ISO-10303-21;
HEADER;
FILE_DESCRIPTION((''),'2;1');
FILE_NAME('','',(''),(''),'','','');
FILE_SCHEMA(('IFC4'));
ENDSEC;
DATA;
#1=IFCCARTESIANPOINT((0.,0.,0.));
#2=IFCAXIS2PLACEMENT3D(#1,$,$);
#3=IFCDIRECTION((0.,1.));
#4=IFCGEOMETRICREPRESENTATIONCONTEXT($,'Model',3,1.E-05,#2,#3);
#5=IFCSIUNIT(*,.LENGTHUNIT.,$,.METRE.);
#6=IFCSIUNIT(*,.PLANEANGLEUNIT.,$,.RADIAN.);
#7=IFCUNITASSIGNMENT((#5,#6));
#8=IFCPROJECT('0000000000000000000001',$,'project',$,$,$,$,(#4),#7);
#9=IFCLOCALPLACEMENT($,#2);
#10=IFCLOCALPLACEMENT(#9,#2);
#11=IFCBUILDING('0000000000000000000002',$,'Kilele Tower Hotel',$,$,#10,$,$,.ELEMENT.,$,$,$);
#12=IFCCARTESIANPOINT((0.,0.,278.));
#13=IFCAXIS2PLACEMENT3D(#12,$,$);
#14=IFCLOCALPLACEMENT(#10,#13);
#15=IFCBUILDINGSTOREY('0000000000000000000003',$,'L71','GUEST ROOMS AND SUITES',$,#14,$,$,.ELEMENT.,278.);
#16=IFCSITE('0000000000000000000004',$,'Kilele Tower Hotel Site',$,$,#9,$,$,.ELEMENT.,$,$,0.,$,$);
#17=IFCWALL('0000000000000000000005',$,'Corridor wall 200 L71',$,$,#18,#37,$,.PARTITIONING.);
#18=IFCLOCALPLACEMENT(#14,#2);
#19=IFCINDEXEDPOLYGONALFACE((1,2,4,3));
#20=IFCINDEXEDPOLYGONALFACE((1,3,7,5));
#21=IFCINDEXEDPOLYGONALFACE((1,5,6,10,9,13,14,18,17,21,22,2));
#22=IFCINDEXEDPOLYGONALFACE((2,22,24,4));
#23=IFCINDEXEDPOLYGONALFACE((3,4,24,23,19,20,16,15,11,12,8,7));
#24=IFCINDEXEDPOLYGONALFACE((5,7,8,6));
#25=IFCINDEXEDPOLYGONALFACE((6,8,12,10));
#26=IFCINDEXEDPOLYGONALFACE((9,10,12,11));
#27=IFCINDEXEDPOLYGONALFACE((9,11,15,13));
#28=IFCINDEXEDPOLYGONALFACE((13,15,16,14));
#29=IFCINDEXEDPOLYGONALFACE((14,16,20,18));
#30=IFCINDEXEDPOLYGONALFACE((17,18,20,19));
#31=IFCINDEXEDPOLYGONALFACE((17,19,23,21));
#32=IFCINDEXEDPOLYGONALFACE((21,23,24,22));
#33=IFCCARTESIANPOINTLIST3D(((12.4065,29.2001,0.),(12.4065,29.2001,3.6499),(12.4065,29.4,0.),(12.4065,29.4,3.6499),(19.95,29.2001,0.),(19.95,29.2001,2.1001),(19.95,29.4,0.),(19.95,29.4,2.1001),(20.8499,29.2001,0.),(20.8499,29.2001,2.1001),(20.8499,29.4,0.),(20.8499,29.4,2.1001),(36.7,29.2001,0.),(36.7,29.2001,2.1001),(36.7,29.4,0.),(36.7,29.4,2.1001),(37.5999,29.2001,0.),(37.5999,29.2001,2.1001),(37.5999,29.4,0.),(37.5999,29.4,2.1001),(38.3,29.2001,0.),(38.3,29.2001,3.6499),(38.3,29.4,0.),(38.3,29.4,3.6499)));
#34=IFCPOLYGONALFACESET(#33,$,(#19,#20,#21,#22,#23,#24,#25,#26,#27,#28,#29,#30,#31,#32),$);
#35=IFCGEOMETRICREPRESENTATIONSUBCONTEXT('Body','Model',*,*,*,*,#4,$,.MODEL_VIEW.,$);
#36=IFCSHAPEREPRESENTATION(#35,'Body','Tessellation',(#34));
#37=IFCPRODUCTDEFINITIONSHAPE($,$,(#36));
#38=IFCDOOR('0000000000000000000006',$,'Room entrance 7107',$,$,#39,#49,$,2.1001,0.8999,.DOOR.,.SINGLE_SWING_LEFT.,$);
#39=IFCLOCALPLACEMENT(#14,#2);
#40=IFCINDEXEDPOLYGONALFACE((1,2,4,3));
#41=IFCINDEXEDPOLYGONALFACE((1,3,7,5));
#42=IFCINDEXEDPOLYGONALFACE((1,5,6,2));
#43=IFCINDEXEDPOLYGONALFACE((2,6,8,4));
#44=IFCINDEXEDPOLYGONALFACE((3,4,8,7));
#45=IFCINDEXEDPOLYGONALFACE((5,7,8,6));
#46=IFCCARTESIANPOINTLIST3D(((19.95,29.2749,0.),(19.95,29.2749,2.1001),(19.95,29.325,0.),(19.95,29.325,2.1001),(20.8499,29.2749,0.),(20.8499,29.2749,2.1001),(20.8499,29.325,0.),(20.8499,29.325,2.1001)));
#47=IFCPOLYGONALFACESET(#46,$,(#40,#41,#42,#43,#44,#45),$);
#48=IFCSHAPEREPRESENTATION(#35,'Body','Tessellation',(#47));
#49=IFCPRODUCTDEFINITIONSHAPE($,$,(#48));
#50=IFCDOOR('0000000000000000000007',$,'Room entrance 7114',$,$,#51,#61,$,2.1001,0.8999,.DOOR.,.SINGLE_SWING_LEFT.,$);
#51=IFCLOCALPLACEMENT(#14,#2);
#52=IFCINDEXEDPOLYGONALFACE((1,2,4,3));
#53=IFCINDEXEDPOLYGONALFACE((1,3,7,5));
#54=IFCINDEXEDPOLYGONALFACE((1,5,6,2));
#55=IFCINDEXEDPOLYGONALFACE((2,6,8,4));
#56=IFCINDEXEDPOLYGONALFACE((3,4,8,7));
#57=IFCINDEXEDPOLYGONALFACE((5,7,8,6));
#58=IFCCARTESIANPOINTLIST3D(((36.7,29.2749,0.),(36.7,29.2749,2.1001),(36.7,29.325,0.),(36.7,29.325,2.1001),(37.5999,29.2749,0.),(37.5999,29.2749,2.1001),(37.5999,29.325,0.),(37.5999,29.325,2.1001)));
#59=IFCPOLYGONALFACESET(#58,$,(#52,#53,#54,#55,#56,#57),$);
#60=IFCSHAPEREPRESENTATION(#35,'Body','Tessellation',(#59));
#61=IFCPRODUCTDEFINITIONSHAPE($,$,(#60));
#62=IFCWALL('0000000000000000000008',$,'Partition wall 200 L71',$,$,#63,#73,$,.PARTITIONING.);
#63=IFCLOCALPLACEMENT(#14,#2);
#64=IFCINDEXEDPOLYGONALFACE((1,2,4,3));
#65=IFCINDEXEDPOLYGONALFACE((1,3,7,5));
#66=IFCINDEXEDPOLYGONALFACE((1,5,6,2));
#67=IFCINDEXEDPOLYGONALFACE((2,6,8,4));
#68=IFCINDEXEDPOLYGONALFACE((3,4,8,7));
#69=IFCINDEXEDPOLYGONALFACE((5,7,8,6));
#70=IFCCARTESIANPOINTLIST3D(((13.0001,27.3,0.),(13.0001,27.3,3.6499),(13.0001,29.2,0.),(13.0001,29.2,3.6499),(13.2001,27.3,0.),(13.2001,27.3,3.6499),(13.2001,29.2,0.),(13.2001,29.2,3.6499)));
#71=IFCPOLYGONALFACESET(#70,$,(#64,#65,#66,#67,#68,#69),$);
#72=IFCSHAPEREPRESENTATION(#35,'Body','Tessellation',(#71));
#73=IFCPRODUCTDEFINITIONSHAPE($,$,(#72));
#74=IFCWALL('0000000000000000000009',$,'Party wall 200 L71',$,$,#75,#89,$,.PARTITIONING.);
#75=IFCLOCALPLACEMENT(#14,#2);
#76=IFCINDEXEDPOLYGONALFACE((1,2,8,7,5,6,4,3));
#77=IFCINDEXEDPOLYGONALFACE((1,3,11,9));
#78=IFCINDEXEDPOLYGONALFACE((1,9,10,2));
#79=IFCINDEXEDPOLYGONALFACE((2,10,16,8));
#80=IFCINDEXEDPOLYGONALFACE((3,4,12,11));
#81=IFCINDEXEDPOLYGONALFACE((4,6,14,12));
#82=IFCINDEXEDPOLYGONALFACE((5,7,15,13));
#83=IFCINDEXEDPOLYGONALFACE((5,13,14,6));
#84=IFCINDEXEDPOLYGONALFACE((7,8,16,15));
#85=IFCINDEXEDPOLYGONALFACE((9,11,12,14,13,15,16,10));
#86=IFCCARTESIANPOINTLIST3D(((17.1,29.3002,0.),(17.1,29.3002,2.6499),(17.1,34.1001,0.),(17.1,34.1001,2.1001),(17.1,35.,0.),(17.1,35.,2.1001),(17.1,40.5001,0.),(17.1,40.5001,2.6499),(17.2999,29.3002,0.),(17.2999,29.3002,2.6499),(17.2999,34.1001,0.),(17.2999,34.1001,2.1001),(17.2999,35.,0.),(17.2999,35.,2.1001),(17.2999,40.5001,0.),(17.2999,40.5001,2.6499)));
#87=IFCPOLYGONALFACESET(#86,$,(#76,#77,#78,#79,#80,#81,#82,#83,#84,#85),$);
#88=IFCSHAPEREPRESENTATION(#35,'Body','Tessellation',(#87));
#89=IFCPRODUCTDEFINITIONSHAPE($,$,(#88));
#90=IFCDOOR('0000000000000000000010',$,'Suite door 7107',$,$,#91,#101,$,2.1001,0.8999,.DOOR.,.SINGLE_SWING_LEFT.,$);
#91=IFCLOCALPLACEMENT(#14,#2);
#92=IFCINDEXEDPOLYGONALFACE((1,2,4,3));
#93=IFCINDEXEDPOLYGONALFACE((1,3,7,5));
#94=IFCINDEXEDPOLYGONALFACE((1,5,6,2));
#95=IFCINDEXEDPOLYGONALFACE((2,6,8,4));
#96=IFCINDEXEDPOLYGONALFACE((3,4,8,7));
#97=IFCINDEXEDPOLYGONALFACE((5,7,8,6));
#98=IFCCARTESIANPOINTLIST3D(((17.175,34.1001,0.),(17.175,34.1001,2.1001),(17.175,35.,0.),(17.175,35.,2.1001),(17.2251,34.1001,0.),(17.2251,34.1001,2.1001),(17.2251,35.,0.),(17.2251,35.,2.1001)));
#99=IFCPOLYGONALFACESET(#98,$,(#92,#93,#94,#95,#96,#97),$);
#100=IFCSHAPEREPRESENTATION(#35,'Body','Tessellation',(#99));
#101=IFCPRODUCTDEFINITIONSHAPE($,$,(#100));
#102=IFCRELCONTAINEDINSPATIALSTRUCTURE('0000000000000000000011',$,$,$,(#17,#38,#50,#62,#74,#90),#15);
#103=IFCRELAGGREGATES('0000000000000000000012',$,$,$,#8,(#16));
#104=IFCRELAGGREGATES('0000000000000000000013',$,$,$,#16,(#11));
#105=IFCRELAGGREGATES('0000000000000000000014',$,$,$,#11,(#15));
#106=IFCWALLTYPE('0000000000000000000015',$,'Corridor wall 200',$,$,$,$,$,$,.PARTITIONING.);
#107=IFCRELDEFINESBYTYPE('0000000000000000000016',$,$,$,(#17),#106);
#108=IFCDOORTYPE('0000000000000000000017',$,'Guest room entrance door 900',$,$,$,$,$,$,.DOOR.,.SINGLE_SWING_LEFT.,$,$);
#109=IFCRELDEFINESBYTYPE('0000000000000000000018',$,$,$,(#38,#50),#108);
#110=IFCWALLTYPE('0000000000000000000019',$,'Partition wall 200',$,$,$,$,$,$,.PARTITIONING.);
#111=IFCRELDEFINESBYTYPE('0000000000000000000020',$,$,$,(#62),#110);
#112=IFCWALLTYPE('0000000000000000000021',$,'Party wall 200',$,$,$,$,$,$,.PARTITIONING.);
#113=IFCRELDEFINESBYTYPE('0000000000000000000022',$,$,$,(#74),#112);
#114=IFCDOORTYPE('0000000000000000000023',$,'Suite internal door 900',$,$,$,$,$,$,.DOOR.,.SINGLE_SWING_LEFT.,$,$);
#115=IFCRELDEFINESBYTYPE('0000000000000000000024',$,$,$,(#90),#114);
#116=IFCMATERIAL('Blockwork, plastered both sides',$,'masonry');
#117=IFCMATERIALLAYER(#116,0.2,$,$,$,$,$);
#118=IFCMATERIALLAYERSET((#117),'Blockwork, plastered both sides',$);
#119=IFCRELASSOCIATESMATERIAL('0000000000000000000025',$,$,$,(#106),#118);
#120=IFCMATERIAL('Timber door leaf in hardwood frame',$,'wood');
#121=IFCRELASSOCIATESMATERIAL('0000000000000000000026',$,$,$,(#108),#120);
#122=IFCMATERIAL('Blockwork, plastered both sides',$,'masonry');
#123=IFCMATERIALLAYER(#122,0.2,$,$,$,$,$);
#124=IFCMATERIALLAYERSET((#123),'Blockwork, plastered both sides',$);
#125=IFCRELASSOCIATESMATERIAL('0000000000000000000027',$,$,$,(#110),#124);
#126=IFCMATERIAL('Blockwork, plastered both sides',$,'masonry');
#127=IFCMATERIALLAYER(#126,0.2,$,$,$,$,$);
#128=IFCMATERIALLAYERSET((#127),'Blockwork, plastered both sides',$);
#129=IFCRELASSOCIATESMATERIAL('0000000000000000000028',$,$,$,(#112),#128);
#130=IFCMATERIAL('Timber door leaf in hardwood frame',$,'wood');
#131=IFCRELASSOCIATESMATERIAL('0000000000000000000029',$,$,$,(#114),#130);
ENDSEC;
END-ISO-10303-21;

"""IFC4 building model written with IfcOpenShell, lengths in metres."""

from ifc_helpers import new_model, si_unit, direction, frame, frame_2d, origin, place, context, subcontext, project, spatial, rectangle, extrude, material, layer, layer_set, type_object, element, fill, save


model = new_model("IFC4")

# Units and contexts
model_context = context("Model", 3, precision=1e-05, world=origin(), true_north=direction((0.0, 1.0)))
body_context = subcontext(model_context, "Body", "Model", "MODEL_VIEW")
ifc_project = project(units=[si_unit("LENGTHUNIT", "METRE"), si_unit("PLANEANGLEUNIT", "RADIAN")], contexts=[model_context])

# Site, building, storey
site_placement = place(None, origin())
site = spatial("IfcSite", under=ifc_project, at=site_placement, Name="Kilele Tower Hotel Site", CompositionType="ELEMENT", RefElevation=0.0)
building_placement = place(site_placement, origin())
building = spatial("IfcBuilding", under=site, at=building_placement, Name="Kilele Tower Hotel", CompositionType="ELEMENT")
storey_placement = place(building_placement, frame((0.0, 0.0, 278.0)))
storey = spatial("IfcBuildingStorey", under=building, at=storey_placement, Name="L71", Description="GUEST ROOMS AND SUITES", CompositionType="ELEMENT", Elevation=278.0)

# Wall, openings, doors
ifc_material_1 = material(Name="Blockwork, plastered both sides", Category="masonry")
ifc_layer_1 = layer(ifc_material_1, 0.2)
ifc_layer_set_1 = layer_set([ifc_layer_1], Name="Blockwork, plastered both sides")
wall_type_1 = type_object("IfcWallType", Name="Corridor wall 200", PredefinedType="PARTITIONING", material=ifc_layer_set_1)
wall_1_placement = place(storey_placement, frame((12.4065, 29.3, 0.0), z_axis=(0.0, 0.0, 1.0), x_axis=(1.0, 0.0, 0.0)))
wall_1 = element("IfcWall", 1, at=wall_1_placement, inside=storey, type_object=wall_type_1, Name="Corridor wall 200 L71", PredefinedType="PARTITIONING", context=body_context, shape_type="SweptSolid", body=[
    extrude(rectangle(XDim=25.8936, YDim=0.2, at=frame_2d((12.9468, 0.0))), origin(), (0.0, 0.0, 1.0), 3.6499),
])
opening_1_placement = place(wall_1_placement, frame((7.5435, 0.0, 0.0)))
opening_1 = element("IfcOpeningElement", 2, at=opening_1_placement, cuts=wall_1, PredefinedType="OPENING", context=body_context, shape_type="SweptSolid", body=[
    extrude(rectangle(XDim=0.8999, YDim=2.1001, at=frame_2d((0.45, 1.05))), frame((0.0, 0.1099, 0.0), z_axis=(0.0, -1.0, 0.0), x_axis=(1.0, 0.0, 0.0)), (0.0, 0.0, 1.0), 0.22),
])
opening_2_placement = place(wall_1_placement, frame((24.2935, 0.0, 0.0)))
opening_2 = element("IfcOpeningElement", 3, at=opening_2_placement, cuts=wall_1, PredefinedType="OPENING", context=body_context, shape_type="SweptSolid", body=[
    extrude(rectangle(XDim=0.8999, YDim=2.1001, at=frame_2d((0.45, 1.05))), frame((0.0, 0.1099, 0.0), z_axis=(0.0, -1.0, 0.0), x_axis=(1.0, 0.0, 0.0)), (0.0, 0.0, 1.0), 0.22),
])
ifc_material_2 = material(Name="Timber door leaf in hardwood frame", Category="wood")
door_type_1 = type_object("IfcDoorType", Name="Guest room entrance door 900", OperationType="SINGLE_SWING_LEFT", PredefinedType="DOOR", material=ifc_material_2)
door_1_placement = place(opening_1_placement, origin())
door_1 = element("IfcDoor", 4, at=door_1_placement, inside=storey, type_object=door_type_1, Name="Room entrance 7107", OperationType="SINGLE_SWING_LEFT", OverallHeight=2.1001, OverallWidth=0.8999, PredefinedType="DOOR", context=body_context, shape_type="SweptSolid", body=[
    extrude(rectangle(XDim=0.8999, YDim=2.1001, at=frame_2d((0.45, 1.05))), frame((0.0, 0.0249, 0.0), z_axis=(0.0, -1.0, 0.0), x_axis=(1.0, 0.0, 0.0)), (0.0, 0.0, 1.0), 0.05),
])
fill(opening_1, door_1)
door_2_placement = place(opening_2_placement, origin())
door_2 = element("IfcDoor", 5, at=door_2_placement, inside=storey, type_object=door_type_1, Name="Room entrance 7114", OperationType="SINGLE_SWING_LEFT", OverallHeight=2.1001, OverallWidth=0.8999, PredefinedType="DOOR", context=body_context, shape_type="SweptSolid", body=[
    extrude(rectangle(XDim=0.8999, YDim=2.1001, at=frame_2d((0.45, 1.05))), frame((0.0, 0.0249, 0.0), z_axis=(0.0, -1.0, 0.0), x_axis=(1.0, 0.0, 0.0)), (0.0, 0.0, 1.0), 0.05),
])
fill(opening_2, door_2)

# Wall
ifc_material_3 = material(Name="Blockwork, plastered both sides", Category="masonry")
ifc_layer_2 = layer(ifc_material_3, 0.2)
ifc_layer_set_2 = layer_set([ifc_layer_2], Name="Blockwork, plastered both sides")
wall_type_2 = type_object("IfcWallType", Name="Partition wall 200", PredefinedType="PARTITIONING", material=ifc_layer_set_2)
wall_2_placement = place(storey_placement, frame((13.1001, 27.3, 0.0), z_axis=(0.0, 0.0, 1.0), x_axis=(0.0, 1.0, 0.0)))
element("IfcWall", 6, at=wall_2_placement, inside=storey, type_object=wall_type_2, Name="Partition wall 200 L71", PredefinedType="PARTITIONING", context=body_context, shape_type="SweptSolid", body=[
    extrude(rectangle(XDim=1.8999, YDim=0.2, at=frame_2d((0.95, 0.0))), origin(), (0.0, 0.0, 1.0), 3.6499),
])

# Wall, opening, door
ifc_material_4 = material(Name="Blockwork, plastered both sides", Category="masonry")
ifc_layer_3 = layer(ifc_material_4, 0.2)
ifc_layer_set_3 = layer_set([ifc_layer_3], Name="Blockwork, plastered both sides")
wall_type_3 = type_object("IfcWallType", Name="Party wall 200", PredefinedType="PARTITIONING", material=ifc_layer_set_3)
wall_3_placement = place(storey_placement, frame((17.2, 29.3, 0.0), z_axis=(0.0, 0.0, 1.0), x_axis=(0.0, 1.0, 0.0)))
wall_3 = element("IfcWall", 7, at=wall_3_placement, inside=storey, type_object=wall_type_3, Name="Party wall 200 L71", PredefinedType="PARTITIONING", context=body_context, shape_type="SweptSolid", body=[
    extrude(rectangle(XDim=11.2, YDim=0.2, at=frame_2d((5.6001, 0.0))), origin(), (0.0, 0.0, 1.0), 2.6499),
])
opening_3_placement = place(wall_3_placement, frame((4.8, 0.0, 0.0)))
opening_3 = element("IfcOpeningElement", 8, at=opening_3_placement, cuts=wall_3, PredefinedType="OPENING", context=body_context, shape_type="SweptSolid", body=[
    extrude(rectangle(XDim=0.8999, YDim=2.1001, at=frame_2d((0.45, 1.05))), frame((0.0, 0.1099, 0.0), z_axis=(0.0, -1.0, 0.0), x_axis=(1.0, 0.0, 0.0)), (0.0, 0.0, 1.0), 0.22),
])
ifc_material_5 = material(Name="Timber door leaf in hardwood frame", Category="wood")
door_type_2 = type_object("IfcDoorType", Name="Suite internal door 900", OperationType="SINGLE_SWING_LEFT", PredefinedType="DOOR", material=ifc_material_5)
door_3_placement = place(opening_3_placement, origin())
door_3 = element("IfcDoor", 9, at=door_3_placement, inside=storey, type_object=door_type_2, Name="Suite door 7107", OperationType="SINGLE_SWING_LEFT", OverallHeight=2.1001, OverallWidth=0.8999, PredefinedType="DOOR", context=body_context, shape_type="SweptSolid", body=[
    extrude(rectangle(XDim=0.8999, YDim=2.1001, at=frame_2d((0.45, 1.05))), frame((0.0, 0.0249, 0.0), z_axis=(0.0, -1.0, 0.0), x_axis=(1.0, 0.0, 0.0)), (0.0, 0.0, 1.0), 0.05),
])
fill(opening_3, door_3)

save(model, "model.ifc")
